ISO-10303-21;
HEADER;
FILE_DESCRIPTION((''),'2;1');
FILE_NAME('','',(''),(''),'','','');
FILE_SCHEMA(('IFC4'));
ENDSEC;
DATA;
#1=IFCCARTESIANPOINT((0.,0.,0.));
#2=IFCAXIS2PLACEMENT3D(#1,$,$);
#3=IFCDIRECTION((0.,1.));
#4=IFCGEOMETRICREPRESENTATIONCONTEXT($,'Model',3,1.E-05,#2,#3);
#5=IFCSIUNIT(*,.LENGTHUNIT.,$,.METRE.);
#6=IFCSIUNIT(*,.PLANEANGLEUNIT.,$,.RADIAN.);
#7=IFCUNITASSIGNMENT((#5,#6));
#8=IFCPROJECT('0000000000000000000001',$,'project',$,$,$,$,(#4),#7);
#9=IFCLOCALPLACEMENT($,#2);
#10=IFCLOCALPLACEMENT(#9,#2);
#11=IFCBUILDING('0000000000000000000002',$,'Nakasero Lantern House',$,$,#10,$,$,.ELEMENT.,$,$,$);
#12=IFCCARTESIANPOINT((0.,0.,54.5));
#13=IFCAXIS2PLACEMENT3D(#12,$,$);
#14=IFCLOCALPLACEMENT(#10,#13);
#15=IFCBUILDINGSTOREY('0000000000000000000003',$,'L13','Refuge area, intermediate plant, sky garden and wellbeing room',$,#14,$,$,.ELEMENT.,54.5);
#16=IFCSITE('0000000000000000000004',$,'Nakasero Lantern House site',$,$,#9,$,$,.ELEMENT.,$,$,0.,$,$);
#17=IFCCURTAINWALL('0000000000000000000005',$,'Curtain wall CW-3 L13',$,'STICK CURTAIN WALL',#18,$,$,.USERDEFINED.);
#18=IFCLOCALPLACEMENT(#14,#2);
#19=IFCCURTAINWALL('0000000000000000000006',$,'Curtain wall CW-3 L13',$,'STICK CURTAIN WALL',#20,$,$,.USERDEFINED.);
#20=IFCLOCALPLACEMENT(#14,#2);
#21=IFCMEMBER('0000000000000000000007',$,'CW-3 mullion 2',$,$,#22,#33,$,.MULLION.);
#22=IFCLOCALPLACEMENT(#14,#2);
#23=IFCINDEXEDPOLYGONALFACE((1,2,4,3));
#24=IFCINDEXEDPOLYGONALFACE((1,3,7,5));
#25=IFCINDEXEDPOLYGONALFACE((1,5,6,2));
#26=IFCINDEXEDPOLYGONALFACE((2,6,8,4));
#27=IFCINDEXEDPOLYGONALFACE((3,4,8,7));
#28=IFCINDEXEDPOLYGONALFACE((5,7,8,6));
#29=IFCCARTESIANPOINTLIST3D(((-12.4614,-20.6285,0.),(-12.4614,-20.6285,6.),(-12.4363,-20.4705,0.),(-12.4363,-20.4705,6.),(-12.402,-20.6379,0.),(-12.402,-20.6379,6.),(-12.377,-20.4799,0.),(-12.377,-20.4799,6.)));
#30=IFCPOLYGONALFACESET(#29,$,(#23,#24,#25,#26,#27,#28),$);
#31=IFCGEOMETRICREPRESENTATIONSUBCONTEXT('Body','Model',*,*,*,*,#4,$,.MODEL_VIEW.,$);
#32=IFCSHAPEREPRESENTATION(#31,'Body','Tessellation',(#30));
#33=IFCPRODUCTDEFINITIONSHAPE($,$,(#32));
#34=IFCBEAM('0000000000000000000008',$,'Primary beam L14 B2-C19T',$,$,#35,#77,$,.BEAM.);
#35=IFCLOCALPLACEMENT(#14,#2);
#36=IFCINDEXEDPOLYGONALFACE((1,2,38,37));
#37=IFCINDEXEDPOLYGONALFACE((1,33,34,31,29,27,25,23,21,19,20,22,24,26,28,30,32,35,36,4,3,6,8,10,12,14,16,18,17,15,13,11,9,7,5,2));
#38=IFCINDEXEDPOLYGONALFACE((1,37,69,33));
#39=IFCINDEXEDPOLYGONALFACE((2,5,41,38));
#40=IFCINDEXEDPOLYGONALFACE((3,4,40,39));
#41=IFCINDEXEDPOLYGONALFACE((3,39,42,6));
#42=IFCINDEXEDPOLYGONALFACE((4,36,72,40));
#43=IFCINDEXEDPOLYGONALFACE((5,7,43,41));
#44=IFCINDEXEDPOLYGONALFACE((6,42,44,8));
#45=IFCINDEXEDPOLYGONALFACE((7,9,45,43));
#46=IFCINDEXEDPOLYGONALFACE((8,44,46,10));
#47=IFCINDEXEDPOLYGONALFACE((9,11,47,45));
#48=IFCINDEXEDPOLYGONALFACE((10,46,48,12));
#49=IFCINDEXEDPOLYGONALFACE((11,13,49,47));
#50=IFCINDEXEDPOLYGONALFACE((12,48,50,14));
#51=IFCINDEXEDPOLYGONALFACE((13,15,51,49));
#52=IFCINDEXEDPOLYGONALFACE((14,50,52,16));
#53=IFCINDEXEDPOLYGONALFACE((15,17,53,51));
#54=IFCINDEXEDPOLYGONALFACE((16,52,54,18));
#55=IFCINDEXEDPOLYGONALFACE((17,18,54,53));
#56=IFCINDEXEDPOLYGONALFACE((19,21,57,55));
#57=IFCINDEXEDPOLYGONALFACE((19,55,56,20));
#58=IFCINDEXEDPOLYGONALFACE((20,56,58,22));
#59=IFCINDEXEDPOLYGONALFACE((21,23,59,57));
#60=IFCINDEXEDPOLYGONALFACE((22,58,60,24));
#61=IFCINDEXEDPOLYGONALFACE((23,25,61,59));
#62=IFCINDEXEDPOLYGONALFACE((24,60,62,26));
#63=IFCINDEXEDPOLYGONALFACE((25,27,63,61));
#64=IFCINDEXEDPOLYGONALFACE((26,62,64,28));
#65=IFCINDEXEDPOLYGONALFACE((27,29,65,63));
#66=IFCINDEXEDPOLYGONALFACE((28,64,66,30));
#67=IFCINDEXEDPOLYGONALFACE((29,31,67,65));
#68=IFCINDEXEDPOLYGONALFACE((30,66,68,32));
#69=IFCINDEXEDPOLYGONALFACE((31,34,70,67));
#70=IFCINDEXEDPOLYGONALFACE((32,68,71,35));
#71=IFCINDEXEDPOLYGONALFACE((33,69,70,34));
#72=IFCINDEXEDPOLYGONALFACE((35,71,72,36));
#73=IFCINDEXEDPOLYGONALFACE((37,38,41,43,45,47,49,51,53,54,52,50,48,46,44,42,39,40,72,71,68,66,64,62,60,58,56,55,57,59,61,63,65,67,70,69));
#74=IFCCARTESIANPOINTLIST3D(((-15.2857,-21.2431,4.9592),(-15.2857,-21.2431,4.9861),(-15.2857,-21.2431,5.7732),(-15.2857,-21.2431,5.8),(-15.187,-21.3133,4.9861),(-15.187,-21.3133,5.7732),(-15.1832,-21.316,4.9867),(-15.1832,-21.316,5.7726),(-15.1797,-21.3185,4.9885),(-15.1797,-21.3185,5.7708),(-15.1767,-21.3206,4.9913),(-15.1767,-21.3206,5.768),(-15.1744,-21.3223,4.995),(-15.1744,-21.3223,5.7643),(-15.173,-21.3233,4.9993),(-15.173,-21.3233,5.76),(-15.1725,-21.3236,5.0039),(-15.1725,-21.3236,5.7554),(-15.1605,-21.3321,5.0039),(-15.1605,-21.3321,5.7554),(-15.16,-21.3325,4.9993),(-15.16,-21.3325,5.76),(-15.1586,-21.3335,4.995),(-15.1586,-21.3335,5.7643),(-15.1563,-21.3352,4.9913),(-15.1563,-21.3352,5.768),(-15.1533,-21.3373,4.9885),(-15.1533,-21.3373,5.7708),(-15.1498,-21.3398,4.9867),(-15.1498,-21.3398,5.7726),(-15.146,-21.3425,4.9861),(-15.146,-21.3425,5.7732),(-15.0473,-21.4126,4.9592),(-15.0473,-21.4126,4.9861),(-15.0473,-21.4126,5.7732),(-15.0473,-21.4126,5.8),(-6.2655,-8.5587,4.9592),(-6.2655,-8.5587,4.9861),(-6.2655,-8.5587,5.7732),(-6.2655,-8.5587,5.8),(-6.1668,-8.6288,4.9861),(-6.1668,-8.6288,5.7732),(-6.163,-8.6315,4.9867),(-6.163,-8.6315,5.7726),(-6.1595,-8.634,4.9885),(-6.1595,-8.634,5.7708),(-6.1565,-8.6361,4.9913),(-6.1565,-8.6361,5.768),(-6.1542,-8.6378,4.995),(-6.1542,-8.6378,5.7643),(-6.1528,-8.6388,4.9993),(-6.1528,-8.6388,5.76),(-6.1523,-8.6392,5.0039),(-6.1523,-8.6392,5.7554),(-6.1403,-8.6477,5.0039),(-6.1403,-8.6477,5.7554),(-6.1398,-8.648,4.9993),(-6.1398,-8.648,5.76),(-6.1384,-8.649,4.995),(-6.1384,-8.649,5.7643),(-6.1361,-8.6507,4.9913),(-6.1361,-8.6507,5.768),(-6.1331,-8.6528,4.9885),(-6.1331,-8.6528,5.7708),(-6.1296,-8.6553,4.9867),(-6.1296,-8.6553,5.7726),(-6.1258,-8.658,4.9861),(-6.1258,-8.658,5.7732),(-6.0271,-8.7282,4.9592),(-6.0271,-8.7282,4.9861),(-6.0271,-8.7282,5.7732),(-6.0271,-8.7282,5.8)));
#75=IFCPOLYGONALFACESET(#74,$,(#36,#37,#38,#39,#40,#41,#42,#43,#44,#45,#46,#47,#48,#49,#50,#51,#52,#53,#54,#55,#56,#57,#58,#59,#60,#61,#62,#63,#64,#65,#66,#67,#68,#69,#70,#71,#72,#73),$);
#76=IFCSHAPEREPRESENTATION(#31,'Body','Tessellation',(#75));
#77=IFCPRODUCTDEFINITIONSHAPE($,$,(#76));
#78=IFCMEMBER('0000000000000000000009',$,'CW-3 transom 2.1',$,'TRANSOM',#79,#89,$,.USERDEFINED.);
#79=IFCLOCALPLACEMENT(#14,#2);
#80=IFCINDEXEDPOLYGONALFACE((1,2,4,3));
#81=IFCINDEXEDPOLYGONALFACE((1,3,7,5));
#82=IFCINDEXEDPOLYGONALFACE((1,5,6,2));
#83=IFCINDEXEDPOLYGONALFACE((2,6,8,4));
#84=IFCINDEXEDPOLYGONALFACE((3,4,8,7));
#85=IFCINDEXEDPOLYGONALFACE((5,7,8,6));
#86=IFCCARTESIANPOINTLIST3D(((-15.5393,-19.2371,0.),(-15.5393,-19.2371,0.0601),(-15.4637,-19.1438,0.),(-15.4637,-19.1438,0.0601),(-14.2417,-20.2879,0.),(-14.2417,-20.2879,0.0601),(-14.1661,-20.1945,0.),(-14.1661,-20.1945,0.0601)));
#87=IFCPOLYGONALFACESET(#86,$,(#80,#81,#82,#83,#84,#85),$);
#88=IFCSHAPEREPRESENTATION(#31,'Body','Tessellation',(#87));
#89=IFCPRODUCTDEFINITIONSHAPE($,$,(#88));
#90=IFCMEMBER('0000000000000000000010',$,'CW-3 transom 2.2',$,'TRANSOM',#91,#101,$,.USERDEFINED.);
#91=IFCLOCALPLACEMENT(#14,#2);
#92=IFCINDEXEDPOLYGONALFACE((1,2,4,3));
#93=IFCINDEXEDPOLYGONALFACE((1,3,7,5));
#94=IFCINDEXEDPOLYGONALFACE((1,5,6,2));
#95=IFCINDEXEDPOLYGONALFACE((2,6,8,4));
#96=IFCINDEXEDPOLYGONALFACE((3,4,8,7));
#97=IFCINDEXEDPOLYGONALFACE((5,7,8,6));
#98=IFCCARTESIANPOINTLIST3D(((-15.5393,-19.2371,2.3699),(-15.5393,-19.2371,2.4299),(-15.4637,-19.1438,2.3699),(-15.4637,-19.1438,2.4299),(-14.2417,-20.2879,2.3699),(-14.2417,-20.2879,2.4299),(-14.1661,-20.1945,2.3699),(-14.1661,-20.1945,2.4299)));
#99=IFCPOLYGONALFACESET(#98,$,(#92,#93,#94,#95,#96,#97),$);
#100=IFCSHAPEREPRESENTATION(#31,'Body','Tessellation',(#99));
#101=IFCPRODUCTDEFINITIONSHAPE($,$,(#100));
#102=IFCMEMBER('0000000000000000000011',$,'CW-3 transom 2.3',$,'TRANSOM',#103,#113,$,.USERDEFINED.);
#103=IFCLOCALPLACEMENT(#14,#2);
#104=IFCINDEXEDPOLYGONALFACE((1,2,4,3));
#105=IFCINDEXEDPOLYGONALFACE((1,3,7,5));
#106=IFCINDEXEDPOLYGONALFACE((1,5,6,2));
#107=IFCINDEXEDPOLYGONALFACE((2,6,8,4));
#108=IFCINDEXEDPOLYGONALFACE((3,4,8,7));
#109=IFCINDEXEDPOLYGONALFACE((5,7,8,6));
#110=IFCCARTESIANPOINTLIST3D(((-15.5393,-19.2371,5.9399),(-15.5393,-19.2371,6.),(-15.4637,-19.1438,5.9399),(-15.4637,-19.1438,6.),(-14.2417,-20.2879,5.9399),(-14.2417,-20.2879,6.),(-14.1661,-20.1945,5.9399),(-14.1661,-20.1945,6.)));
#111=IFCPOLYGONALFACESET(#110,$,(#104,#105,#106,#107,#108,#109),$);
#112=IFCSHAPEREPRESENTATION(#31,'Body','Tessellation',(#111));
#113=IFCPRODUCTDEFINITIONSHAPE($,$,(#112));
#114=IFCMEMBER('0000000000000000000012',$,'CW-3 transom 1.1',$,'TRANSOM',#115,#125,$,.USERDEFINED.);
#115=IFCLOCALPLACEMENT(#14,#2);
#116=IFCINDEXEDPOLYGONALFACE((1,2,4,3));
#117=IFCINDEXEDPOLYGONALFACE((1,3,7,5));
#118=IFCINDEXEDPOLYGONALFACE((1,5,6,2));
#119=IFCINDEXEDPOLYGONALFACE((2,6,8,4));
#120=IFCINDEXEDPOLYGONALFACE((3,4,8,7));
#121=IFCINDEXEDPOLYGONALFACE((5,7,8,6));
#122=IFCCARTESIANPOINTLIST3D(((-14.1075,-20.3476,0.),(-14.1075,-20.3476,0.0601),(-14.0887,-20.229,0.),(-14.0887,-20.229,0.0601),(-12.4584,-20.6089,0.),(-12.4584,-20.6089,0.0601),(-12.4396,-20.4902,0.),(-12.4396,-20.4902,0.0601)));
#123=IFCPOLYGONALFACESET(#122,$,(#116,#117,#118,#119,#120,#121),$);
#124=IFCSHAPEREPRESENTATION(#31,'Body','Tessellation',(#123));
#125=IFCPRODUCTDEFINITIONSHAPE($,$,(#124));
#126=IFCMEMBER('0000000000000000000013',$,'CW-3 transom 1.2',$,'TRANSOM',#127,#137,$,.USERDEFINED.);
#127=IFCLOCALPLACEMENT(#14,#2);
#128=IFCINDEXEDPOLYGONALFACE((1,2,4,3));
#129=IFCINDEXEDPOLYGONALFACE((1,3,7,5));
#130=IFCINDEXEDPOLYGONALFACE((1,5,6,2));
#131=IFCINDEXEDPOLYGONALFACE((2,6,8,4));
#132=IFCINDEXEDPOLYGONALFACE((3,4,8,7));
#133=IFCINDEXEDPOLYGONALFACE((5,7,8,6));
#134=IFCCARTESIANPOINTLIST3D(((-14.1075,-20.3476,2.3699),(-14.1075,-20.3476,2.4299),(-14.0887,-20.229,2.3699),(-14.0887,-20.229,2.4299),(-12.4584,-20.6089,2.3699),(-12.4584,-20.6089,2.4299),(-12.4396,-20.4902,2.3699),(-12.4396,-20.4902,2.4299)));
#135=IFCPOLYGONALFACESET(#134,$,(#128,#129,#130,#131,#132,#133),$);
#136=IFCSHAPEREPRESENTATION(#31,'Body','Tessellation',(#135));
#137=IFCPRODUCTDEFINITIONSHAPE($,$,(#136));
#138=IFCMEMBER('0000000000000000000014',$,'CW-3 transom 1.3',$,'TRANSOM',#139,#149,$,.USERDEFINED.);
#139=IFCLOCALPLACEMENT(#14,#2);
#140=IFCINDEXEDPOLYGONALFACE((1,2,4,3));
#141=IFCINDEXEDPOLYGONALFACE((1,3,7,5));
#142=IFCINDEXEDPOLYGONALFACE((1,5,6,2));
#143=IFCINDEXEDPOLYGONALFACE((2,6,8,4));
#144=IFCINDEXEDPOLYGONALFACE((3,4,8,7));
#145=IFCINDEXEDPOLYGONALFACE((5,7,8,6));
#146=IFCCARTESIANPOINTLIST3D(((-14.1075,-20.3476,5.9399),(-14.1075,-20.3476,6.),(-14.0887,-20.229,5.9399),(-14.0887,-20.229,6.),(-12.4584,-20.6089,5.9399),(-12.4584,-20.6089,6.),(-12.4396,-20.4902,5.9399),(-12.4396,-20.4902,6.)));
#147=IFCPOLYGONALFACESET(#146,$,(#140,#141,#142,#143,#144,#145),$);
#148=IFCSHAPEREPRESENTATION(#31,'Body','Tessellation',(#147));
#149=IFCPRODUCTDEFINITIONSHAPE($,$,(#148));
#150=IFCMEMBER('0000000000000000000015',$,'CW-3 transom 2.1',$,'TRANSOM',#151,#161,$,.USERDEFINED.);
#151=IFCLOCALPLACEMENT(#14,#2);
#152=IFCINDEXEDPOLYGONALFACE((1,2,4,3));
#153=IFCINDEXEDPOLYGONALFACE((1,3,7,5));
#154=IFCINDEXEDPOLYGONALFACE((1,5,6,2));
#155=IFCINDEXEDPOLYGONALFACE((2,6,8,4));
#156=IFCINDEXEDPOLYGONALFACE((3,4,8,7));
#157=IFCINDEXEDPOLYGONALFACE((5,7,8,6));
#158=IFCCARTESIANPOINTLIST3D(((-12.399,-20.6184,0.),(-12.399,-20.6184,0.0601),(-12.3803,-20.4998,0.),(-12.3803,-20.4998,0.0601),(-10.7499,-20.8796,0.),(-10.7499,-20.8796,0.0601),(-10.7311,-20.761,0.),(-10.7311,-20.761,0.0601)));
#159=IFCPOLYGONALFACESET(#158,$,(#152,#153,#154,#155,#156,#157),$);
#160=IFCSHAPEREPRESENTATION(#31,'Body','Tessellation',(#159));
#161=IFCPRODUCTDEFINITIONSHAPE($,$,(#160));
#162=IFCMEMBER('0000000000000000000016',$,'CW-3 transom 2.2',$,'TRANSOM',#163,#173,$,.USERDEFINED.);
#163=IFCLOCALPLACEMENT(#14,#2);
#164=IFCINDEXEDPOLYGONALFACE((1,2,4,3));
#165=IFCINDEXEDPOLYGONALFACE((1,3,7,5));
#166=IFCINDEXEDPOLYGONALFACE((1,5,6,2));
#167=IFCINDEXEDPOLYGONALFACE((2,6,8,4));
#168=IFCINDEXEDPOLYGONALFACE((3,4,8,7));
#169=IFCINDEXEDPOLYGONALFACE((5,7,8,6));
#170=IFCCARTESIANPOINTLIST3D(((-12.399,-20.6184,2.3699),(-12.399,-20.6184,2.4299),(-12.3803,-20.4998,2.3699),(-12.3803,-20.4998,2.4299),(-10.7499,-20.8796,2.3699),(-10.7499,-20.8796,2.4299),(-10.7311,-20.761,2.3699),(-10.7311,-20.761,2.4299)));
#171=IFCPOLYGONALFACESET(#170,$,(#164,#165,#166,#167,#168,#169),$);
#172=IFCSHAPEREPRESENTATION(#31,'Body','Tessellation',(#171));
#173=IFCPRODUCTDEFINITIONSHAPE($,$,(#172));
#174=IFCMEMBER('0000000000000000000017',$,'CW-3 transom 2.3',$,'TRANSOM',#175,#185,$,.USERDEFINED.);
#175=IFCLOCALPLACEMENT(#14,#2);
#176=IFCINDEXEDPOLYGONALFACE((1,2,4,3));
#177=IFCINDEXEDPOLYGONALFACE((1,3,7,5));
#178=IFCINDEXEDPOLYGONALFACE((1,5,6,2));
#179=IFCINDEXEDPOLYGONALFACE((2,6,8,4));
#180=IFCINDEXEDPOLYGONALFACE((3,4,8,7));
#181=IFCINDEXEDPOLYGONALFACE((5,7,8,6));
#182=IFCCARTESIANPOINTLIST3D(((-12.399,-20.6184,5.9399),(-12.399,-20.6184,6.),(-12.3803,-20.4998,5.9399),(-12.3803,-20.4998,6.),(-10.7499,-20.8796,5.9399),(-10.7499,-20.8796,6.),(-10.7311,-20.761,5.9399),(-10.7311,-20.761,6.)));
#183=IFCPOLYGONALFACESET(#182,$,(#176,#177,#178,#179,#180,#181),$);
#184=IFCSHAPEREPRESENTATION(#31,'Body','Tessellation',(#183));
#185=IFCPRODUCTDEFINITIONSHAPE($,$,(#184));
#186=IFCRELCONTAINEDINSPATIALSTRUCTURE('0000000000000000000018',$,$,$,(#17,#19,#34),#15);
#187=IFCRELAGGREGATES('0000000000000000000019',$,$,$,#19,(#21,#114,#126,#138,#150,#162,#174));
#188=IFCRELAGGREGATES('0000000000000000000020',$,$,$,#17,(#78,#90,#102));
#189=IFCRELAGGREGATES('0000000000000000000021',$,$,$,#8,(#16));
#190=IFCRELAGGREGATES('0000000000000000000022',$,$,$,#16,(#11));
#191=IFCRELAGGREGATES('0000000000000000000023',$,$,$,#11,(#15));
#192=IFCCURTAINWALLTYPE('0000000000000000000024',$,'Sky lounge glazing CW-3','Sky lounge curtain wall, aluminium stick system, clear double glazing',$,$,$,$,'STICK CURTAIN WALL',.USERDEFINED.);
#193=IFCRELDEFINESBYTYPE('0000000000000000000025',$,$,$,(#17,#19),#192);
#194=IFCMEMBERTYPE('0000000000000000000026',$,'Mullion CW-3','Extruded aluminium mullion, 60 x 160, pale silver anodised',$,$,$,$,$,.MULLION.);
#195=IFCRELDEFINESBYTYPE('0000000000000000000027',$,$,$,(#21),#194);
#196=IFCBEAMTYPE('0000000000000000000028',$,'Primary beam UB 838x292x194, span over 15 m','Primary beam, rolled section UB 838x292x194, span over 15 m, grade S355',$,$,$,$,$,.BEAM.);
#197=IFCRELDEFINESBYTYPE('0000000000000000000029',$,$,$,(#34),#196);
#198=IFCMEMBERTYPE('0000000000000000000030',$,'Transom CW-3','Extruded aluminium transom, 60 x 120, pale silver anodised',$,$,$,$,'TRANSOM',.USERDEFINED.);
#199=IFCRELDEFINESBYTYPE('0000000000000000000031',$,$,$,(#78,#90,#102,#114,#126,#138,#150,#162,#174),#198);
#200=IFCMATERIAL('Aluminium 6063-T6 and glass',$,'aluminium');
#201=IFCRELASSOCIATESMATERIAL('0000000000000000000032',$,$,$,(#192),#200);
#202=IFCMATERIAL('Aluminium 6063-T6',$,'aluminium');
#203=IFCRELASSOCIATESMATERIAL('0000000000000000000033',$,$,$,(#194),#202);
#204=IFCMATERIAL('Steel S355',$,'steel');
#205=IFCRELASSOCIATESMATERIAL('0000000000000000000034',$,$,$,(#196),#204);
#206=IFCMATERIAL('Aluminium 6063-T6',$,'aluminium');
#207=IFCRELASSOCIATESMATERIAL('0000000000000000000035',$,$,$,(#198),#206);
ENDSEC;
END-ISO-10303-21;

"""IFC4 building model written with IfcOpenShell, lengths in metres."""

from ifc_helpers import new_model, si_unit, direction, frame, origin, origin_2d, place, context, subcontext, project, spatial, rectangle, i_section, extrude, material, material_profile, profile_set, type_object, element, aggregate, save


model = new_model("IFC4")

# Units and contexts
model_context = context("Model", 3, precision=1e-05, world=origin(), true_north=direction((0.0, 1.0)))
body_context = subcontext(model_context, "Body", "Model", "MODEL_VIEW")
ifc_project = project(units=[si_unit("LENGTHUNIT", "METRE"), si_unit("PLANEANGLEUNIT", "RADIAN")], contexts=[model_context])

# Site, building, storey
site_placement = place(None, origin())
site = spatial("IfcSite", under=ifc_project, at=site_placement, Name="Nakasero Lantern House site", CompositionType="ELEMENT", RefElevation=0.0)
building_placement = place(site_placement, origin())
building = spatial("IfcBuilding", under=site, at=building_placement, Name="Nakasero Lantern House", CompositionType="ELEMENT")
storey_placement = place(building_placement, frame((0.0, 0.0, 54.5)))
storey = spatial("IfcBuildingStorey", under=building, at=storey_placement, Name="L13", Description="Refuge area, intermediate plant, sky garden and wellbeing room", CompositionType="ELEMENT", Elevation=54.5)

# Curtain walls, member
ifc_material_1 = material(Name="Aluminium 6063-T6 and glass", Category="aluminium")
curtain_wall_type = type_object("IfcCurtainWallType", Name="Sky lounge glazing CW-3", Description="Sky lounge curtain wall, aluminium stick system, clear double glazing", ElementType="STICK CURTAIN WALL", PredefinedType="USERDEFINED", material=ifc_material_1)
curtain_wall_1_placement = place(storey_placement, origin())
curtain_wall_1 = element("IfcCurtainWall", 1, at=curtain_wall_1_placement, inside=storey, type_object=curtain_wall_type, Name="Curtain wall CW-3 L13", ObjectType="STICK CURTAIN WALL", PredefinedType="USERDEFINED")
ifc_material_2 = material(Name="Aluminium 6063-T6", Category="aluminium")
ifc_material_profile_1 = material_profile(ifc_material_2, rectangle(XDim=0.0601, YDim=0.1599, at=origin_2d()), Name="CW-3 mullion 60x160")
ifc_profile_set_1 = profile_set([ifc_material_profile_1], Name="Aluminium 6063-T6")
member_type_1 = type_object("IfcMemberType", Name="Mullion CW-3", Description="Extruded aluminium mullion, 60 x 160, pale silver anodised", PredefinedType="MULLION", material=ifc_profile_set_1)
curtain_wall_2_placement = place(storey_placement, origin())
curtain_wall_2 = element("IfcCurtainWall", 2, at=curtain_wall_2_placement, inside=storey, type_object=curtain_wall_type, Name="Curtain wall CW-3 L13", ObjectType="STICK CURTAIN WALL", PredefinedType="USERDEFINED")
member_1_placement = place(storey_placement, frame((-12.4192, -20.5542, 0.0), z_axis=(0.0, 0.0, 1.0), x_axis=(0.987688, -0.156434, 0.0)))
member_1 = element("IfcMember", 3, at=member_1_placement, type_object=member_type_1, Name="CW-3 mullion 2", PredefinedType="MULLION", context=body_context, shape_type="SweptSolid", body=[
    extrude(rectangle(XDim=0.0601, YDim=0.1599, at=origin_2d()), origin(), (0.0, 0.0, 1.0), 6.0),
])

# Beam
ifc_material_3 = material(Name="Steel S355", Category="steel")
ifc_material_profile_2 = material_profile(ifc_material_3, i_section(OverallWidth=0.2925, OverallDepth=0.8408, WebThickness=0.0146, FlangeThickness=0.0269, FilletRadius=0.0178, at=origin_2d()), Name="UB 838x292x194")
ifc_profile_set_2 = profile_set([ifc_material_profile_2], Name="Steel S355")
beam_type_1 = type_object("IfcBeamType", Name="Primary beam UB 838x292x194, span over 15 m", Description="Primary beam, rolled section UB 838x292x194, span over 15 m, grade S355", PredefinedType="BEAM", material=ifc_profile_set_2)
beam_1_placement = place(storey_placement, frame((-15.1665, -21.3279, 5.3796), z_axis=(0.579529, 0.814952, 0.0), x_axis=(-0.814952, 0.579529, 0.0)))
element("IfcBeam", 4, at=beam_1_placement, inside=storey, type_object=beam_type_1, Name="Primary beam L14 B2-C19T", PredefinedType="BEAM", context=body_context, shape_type="SweptSolid", body=[
    extrude(i_section(OverallWidth=0.2925, OverallDepth=0.8408, WebThickness=0.0146, FlangeThickness=0.0269, FilletRadius=0.0178, at=origin_2d()), origin(), (0.0, 0.0, 1.0), 15.5647),
])

# Members
ifc_material_4 = material(Name="Aluminium 6063-T6", Category="aluminium")
ifc_material_profile_3 = material_profile(ifc_material_4, rectangle(XDim=0.0601, YDim=0.1201, at=origin_2d()), Name="CW-3 transom 60x120")
ifc_profile_set_3 = profile_set([ifc_material_profile_3], Name="Aluminium 6063-T6")
member_type_2 = type_object("IfcMemberType", Name="Transom CW-3", Description="Extruded aluminium transom, 60 x 120, pale silver anodised", ElementType="TRANSOM", PredefinedType="USERDEFINED", material=ifc_profile_set_3)
member_2_placement = place(storey_placement, frame((-15.5015, -19.1904, 0.03), z_axis=(0.777146, -0.62932, 0.0), x_axis=(0.0, 0.0, 1.0)))
member_2 = element("IfcMember", 5, at=member_2_placement, type_object=member_type_2, Name="CW-3 transom 2.1", ObjectType="TRANSOM", PredefinedType="USERDEFINED", context=body_context, shape_type="SweptSolid", body=[
    extrude(rectangle(XDim=0.0601, YDim=0.1201, at=origin_2d()), origin(), (0.0, 0.0, 1.0), 1.6697),
])
member_3_placement = place(storey_placement, frame((-15.5015, -19.1904, 2.3999), z_axis=(0.777146, -0.62932, 0.0), x_axis=(0.0, 0.0, 1.0)))
member_3 = element("IfcMember", 6, at=member_3_placement, type_object=member_type_2, Name="CW-3 transom 2.2", ObjectType="TRANSOM", PredefinedType="USERDEFINED", context=body_context, shape_type="SweptSolid", body=[
    extrude(rectangle(XDim=0.0601, YDim=0.1201, at=origin_2d()), origin(), (0.0, 0.0, 1.0), 1.6697),
])
member_4_placement = place(storey_placement, frame((-15.5015, -19.1904, 5.97), z_axis=(0.777146, -0.62932, 0.0), x_axis=(0.0, 0.0, 1.0)))
member_4 = element("IfcMember", 7, at=member_4_placement, type_object=member_type_2, Name="CW-3 transom 2.3", ObjectType="TRANSOM", PredefinedType="USERDEFINED", context=body_context, shape_type="SweptSolid", body=[
    extrude(rectangle(XDim=0.0601, YDim=0.1201, at=origin_2d()), origin(), (0.0, 0.0, 1.0), 1.6697),
])
member_5_placement = place(storey_placement, frame((-14.0981, -20.2883, 0.03), z_axis=(0.987686, -0.156451, 0.0), x_axis=(0.0, 0.0, 1.0)))
member_5 = element("IfcMember", 8, at=member_5_placement, type_object=member_type_2, Name="CW-3 transom 1.1", ObjectType="TRANSOM", PredefinedType="USERDEFINED", context=body_context, shape_type="SweptSolid", body=[
    extrude(rectangle(XDim=0.0601, YDim=0.1201, at=origin_2d()), origin(), (0.0, 0.0, 1.0), 1.6697),
])
member_6_placement = place(storey_placement, frame((-14.0981, -20.2883, 2.3999), z_axis=(0.987686, -0.156451, 0.0), x_axis=(0.0, 0.0, 1.0)))
member_6 = element("IfcMember", 9, at=member_6_placement, type_object=member_type_2, Name="CW-3 transom 1.2", ObjectType="TRANSOM", PredefinedType="USERDEFINED", context=body_context, shape_type="SweptSolid", body=[
    extrude(rectangle(XDim=0.0601, YDim=0.1201, at=origin_2d()), origin(), (0.0, 0.0, 1.0), 1.6697),
])
member_7_placement = place(storey_placement, frame((-14.0981, -20.2883, 5.97), z_axis=(0.987686, -0.156451, 0.0), x_axis=(0.0, 0.0, 1.0)))
member_7 = element("IfcMember", 10, at=member_7_placement, type_object=member_type_2, Name="CW-3 transom 1.3", ObjectType="TRANSOM", PredefinedType="USERDEFINED", context=body_context, shape_type="SweptSolid", body=[
    extrude(rectangle(XDim=0.0601, YDim=0.1201, at=origin_2d()), origin(), (0.0, 0.0, 1.0), 1.6697),
])
member_8_placement = place(storey_placement, frame((-12.3896, -20.5591, 0.03), z_axis=(0.987686, -0.156451, 0.0), x_axis=(0.0, 0.0, 1.0)))
member_8 = element("IfcMember", 11, at=member_8_placement, type_object=member_type_2, Name="CW-3 transom 2.1", ObjectType="TRANSOM", PredefinedType="USERDEFINED", context=body_context, shape_type="SweptSolid", body=[
    extrude(rectangle(XDim=0.0601, YDim=0.1201, at=origin_2d()), origin(), (0.0, 0.0, 1.0), 1.6697),
])
member_9_placement = place(storey_placement, frame((-12.3896, -20.5591, 2.3999), z_axis=(0.987686, -0.156451, 0.0), x_axis=(0.0, 0.0, 1.0)))
member_9 = element("IfcMember", 12, at=member_9_placement, type_object=member_type_2, Name="CW-3 transom 2.2", ObjectType="TRANSOM", PredefinedType="USERDEFINED", context=body_context, shape_type="SweptSolid", body=[
    extrude(rectangle(XDim=0.0601, YDim=0.1201, at=origin_2d()), origin(), (0.0, 0.0, 1.0), 1.6697),
])
member_10_placement = place(storey_placement, frame((-12.3896, -20.5591, 5.97), z_axis=(0.987686, -0.156451, 0.0), x_axis=(0.0, 0.0, 1.0)))
member_10 = element("IfcMember", 13, at=member_10_placement, type_object=member_type_2, Name="CW-3 transom 2.3", ObjectType="TRANSOM", PredefinedType="USERDEFINED", context=body_context, shape_type="SweptSolid", body=[
    extrude(rectangle(XDim=0.0601, YDim=0.1201, at=origin_2d()), origin(), (0.0, 0.0, 1.0), 1.6697),
])

aggregate(curtain_wall_2, [member_1, member_5, member_6, member_7, member_8, member_9, member_10])
aggregate(curtain_wall_1, [member_2, member_3, member_4])

save(model, "model.ifc")
